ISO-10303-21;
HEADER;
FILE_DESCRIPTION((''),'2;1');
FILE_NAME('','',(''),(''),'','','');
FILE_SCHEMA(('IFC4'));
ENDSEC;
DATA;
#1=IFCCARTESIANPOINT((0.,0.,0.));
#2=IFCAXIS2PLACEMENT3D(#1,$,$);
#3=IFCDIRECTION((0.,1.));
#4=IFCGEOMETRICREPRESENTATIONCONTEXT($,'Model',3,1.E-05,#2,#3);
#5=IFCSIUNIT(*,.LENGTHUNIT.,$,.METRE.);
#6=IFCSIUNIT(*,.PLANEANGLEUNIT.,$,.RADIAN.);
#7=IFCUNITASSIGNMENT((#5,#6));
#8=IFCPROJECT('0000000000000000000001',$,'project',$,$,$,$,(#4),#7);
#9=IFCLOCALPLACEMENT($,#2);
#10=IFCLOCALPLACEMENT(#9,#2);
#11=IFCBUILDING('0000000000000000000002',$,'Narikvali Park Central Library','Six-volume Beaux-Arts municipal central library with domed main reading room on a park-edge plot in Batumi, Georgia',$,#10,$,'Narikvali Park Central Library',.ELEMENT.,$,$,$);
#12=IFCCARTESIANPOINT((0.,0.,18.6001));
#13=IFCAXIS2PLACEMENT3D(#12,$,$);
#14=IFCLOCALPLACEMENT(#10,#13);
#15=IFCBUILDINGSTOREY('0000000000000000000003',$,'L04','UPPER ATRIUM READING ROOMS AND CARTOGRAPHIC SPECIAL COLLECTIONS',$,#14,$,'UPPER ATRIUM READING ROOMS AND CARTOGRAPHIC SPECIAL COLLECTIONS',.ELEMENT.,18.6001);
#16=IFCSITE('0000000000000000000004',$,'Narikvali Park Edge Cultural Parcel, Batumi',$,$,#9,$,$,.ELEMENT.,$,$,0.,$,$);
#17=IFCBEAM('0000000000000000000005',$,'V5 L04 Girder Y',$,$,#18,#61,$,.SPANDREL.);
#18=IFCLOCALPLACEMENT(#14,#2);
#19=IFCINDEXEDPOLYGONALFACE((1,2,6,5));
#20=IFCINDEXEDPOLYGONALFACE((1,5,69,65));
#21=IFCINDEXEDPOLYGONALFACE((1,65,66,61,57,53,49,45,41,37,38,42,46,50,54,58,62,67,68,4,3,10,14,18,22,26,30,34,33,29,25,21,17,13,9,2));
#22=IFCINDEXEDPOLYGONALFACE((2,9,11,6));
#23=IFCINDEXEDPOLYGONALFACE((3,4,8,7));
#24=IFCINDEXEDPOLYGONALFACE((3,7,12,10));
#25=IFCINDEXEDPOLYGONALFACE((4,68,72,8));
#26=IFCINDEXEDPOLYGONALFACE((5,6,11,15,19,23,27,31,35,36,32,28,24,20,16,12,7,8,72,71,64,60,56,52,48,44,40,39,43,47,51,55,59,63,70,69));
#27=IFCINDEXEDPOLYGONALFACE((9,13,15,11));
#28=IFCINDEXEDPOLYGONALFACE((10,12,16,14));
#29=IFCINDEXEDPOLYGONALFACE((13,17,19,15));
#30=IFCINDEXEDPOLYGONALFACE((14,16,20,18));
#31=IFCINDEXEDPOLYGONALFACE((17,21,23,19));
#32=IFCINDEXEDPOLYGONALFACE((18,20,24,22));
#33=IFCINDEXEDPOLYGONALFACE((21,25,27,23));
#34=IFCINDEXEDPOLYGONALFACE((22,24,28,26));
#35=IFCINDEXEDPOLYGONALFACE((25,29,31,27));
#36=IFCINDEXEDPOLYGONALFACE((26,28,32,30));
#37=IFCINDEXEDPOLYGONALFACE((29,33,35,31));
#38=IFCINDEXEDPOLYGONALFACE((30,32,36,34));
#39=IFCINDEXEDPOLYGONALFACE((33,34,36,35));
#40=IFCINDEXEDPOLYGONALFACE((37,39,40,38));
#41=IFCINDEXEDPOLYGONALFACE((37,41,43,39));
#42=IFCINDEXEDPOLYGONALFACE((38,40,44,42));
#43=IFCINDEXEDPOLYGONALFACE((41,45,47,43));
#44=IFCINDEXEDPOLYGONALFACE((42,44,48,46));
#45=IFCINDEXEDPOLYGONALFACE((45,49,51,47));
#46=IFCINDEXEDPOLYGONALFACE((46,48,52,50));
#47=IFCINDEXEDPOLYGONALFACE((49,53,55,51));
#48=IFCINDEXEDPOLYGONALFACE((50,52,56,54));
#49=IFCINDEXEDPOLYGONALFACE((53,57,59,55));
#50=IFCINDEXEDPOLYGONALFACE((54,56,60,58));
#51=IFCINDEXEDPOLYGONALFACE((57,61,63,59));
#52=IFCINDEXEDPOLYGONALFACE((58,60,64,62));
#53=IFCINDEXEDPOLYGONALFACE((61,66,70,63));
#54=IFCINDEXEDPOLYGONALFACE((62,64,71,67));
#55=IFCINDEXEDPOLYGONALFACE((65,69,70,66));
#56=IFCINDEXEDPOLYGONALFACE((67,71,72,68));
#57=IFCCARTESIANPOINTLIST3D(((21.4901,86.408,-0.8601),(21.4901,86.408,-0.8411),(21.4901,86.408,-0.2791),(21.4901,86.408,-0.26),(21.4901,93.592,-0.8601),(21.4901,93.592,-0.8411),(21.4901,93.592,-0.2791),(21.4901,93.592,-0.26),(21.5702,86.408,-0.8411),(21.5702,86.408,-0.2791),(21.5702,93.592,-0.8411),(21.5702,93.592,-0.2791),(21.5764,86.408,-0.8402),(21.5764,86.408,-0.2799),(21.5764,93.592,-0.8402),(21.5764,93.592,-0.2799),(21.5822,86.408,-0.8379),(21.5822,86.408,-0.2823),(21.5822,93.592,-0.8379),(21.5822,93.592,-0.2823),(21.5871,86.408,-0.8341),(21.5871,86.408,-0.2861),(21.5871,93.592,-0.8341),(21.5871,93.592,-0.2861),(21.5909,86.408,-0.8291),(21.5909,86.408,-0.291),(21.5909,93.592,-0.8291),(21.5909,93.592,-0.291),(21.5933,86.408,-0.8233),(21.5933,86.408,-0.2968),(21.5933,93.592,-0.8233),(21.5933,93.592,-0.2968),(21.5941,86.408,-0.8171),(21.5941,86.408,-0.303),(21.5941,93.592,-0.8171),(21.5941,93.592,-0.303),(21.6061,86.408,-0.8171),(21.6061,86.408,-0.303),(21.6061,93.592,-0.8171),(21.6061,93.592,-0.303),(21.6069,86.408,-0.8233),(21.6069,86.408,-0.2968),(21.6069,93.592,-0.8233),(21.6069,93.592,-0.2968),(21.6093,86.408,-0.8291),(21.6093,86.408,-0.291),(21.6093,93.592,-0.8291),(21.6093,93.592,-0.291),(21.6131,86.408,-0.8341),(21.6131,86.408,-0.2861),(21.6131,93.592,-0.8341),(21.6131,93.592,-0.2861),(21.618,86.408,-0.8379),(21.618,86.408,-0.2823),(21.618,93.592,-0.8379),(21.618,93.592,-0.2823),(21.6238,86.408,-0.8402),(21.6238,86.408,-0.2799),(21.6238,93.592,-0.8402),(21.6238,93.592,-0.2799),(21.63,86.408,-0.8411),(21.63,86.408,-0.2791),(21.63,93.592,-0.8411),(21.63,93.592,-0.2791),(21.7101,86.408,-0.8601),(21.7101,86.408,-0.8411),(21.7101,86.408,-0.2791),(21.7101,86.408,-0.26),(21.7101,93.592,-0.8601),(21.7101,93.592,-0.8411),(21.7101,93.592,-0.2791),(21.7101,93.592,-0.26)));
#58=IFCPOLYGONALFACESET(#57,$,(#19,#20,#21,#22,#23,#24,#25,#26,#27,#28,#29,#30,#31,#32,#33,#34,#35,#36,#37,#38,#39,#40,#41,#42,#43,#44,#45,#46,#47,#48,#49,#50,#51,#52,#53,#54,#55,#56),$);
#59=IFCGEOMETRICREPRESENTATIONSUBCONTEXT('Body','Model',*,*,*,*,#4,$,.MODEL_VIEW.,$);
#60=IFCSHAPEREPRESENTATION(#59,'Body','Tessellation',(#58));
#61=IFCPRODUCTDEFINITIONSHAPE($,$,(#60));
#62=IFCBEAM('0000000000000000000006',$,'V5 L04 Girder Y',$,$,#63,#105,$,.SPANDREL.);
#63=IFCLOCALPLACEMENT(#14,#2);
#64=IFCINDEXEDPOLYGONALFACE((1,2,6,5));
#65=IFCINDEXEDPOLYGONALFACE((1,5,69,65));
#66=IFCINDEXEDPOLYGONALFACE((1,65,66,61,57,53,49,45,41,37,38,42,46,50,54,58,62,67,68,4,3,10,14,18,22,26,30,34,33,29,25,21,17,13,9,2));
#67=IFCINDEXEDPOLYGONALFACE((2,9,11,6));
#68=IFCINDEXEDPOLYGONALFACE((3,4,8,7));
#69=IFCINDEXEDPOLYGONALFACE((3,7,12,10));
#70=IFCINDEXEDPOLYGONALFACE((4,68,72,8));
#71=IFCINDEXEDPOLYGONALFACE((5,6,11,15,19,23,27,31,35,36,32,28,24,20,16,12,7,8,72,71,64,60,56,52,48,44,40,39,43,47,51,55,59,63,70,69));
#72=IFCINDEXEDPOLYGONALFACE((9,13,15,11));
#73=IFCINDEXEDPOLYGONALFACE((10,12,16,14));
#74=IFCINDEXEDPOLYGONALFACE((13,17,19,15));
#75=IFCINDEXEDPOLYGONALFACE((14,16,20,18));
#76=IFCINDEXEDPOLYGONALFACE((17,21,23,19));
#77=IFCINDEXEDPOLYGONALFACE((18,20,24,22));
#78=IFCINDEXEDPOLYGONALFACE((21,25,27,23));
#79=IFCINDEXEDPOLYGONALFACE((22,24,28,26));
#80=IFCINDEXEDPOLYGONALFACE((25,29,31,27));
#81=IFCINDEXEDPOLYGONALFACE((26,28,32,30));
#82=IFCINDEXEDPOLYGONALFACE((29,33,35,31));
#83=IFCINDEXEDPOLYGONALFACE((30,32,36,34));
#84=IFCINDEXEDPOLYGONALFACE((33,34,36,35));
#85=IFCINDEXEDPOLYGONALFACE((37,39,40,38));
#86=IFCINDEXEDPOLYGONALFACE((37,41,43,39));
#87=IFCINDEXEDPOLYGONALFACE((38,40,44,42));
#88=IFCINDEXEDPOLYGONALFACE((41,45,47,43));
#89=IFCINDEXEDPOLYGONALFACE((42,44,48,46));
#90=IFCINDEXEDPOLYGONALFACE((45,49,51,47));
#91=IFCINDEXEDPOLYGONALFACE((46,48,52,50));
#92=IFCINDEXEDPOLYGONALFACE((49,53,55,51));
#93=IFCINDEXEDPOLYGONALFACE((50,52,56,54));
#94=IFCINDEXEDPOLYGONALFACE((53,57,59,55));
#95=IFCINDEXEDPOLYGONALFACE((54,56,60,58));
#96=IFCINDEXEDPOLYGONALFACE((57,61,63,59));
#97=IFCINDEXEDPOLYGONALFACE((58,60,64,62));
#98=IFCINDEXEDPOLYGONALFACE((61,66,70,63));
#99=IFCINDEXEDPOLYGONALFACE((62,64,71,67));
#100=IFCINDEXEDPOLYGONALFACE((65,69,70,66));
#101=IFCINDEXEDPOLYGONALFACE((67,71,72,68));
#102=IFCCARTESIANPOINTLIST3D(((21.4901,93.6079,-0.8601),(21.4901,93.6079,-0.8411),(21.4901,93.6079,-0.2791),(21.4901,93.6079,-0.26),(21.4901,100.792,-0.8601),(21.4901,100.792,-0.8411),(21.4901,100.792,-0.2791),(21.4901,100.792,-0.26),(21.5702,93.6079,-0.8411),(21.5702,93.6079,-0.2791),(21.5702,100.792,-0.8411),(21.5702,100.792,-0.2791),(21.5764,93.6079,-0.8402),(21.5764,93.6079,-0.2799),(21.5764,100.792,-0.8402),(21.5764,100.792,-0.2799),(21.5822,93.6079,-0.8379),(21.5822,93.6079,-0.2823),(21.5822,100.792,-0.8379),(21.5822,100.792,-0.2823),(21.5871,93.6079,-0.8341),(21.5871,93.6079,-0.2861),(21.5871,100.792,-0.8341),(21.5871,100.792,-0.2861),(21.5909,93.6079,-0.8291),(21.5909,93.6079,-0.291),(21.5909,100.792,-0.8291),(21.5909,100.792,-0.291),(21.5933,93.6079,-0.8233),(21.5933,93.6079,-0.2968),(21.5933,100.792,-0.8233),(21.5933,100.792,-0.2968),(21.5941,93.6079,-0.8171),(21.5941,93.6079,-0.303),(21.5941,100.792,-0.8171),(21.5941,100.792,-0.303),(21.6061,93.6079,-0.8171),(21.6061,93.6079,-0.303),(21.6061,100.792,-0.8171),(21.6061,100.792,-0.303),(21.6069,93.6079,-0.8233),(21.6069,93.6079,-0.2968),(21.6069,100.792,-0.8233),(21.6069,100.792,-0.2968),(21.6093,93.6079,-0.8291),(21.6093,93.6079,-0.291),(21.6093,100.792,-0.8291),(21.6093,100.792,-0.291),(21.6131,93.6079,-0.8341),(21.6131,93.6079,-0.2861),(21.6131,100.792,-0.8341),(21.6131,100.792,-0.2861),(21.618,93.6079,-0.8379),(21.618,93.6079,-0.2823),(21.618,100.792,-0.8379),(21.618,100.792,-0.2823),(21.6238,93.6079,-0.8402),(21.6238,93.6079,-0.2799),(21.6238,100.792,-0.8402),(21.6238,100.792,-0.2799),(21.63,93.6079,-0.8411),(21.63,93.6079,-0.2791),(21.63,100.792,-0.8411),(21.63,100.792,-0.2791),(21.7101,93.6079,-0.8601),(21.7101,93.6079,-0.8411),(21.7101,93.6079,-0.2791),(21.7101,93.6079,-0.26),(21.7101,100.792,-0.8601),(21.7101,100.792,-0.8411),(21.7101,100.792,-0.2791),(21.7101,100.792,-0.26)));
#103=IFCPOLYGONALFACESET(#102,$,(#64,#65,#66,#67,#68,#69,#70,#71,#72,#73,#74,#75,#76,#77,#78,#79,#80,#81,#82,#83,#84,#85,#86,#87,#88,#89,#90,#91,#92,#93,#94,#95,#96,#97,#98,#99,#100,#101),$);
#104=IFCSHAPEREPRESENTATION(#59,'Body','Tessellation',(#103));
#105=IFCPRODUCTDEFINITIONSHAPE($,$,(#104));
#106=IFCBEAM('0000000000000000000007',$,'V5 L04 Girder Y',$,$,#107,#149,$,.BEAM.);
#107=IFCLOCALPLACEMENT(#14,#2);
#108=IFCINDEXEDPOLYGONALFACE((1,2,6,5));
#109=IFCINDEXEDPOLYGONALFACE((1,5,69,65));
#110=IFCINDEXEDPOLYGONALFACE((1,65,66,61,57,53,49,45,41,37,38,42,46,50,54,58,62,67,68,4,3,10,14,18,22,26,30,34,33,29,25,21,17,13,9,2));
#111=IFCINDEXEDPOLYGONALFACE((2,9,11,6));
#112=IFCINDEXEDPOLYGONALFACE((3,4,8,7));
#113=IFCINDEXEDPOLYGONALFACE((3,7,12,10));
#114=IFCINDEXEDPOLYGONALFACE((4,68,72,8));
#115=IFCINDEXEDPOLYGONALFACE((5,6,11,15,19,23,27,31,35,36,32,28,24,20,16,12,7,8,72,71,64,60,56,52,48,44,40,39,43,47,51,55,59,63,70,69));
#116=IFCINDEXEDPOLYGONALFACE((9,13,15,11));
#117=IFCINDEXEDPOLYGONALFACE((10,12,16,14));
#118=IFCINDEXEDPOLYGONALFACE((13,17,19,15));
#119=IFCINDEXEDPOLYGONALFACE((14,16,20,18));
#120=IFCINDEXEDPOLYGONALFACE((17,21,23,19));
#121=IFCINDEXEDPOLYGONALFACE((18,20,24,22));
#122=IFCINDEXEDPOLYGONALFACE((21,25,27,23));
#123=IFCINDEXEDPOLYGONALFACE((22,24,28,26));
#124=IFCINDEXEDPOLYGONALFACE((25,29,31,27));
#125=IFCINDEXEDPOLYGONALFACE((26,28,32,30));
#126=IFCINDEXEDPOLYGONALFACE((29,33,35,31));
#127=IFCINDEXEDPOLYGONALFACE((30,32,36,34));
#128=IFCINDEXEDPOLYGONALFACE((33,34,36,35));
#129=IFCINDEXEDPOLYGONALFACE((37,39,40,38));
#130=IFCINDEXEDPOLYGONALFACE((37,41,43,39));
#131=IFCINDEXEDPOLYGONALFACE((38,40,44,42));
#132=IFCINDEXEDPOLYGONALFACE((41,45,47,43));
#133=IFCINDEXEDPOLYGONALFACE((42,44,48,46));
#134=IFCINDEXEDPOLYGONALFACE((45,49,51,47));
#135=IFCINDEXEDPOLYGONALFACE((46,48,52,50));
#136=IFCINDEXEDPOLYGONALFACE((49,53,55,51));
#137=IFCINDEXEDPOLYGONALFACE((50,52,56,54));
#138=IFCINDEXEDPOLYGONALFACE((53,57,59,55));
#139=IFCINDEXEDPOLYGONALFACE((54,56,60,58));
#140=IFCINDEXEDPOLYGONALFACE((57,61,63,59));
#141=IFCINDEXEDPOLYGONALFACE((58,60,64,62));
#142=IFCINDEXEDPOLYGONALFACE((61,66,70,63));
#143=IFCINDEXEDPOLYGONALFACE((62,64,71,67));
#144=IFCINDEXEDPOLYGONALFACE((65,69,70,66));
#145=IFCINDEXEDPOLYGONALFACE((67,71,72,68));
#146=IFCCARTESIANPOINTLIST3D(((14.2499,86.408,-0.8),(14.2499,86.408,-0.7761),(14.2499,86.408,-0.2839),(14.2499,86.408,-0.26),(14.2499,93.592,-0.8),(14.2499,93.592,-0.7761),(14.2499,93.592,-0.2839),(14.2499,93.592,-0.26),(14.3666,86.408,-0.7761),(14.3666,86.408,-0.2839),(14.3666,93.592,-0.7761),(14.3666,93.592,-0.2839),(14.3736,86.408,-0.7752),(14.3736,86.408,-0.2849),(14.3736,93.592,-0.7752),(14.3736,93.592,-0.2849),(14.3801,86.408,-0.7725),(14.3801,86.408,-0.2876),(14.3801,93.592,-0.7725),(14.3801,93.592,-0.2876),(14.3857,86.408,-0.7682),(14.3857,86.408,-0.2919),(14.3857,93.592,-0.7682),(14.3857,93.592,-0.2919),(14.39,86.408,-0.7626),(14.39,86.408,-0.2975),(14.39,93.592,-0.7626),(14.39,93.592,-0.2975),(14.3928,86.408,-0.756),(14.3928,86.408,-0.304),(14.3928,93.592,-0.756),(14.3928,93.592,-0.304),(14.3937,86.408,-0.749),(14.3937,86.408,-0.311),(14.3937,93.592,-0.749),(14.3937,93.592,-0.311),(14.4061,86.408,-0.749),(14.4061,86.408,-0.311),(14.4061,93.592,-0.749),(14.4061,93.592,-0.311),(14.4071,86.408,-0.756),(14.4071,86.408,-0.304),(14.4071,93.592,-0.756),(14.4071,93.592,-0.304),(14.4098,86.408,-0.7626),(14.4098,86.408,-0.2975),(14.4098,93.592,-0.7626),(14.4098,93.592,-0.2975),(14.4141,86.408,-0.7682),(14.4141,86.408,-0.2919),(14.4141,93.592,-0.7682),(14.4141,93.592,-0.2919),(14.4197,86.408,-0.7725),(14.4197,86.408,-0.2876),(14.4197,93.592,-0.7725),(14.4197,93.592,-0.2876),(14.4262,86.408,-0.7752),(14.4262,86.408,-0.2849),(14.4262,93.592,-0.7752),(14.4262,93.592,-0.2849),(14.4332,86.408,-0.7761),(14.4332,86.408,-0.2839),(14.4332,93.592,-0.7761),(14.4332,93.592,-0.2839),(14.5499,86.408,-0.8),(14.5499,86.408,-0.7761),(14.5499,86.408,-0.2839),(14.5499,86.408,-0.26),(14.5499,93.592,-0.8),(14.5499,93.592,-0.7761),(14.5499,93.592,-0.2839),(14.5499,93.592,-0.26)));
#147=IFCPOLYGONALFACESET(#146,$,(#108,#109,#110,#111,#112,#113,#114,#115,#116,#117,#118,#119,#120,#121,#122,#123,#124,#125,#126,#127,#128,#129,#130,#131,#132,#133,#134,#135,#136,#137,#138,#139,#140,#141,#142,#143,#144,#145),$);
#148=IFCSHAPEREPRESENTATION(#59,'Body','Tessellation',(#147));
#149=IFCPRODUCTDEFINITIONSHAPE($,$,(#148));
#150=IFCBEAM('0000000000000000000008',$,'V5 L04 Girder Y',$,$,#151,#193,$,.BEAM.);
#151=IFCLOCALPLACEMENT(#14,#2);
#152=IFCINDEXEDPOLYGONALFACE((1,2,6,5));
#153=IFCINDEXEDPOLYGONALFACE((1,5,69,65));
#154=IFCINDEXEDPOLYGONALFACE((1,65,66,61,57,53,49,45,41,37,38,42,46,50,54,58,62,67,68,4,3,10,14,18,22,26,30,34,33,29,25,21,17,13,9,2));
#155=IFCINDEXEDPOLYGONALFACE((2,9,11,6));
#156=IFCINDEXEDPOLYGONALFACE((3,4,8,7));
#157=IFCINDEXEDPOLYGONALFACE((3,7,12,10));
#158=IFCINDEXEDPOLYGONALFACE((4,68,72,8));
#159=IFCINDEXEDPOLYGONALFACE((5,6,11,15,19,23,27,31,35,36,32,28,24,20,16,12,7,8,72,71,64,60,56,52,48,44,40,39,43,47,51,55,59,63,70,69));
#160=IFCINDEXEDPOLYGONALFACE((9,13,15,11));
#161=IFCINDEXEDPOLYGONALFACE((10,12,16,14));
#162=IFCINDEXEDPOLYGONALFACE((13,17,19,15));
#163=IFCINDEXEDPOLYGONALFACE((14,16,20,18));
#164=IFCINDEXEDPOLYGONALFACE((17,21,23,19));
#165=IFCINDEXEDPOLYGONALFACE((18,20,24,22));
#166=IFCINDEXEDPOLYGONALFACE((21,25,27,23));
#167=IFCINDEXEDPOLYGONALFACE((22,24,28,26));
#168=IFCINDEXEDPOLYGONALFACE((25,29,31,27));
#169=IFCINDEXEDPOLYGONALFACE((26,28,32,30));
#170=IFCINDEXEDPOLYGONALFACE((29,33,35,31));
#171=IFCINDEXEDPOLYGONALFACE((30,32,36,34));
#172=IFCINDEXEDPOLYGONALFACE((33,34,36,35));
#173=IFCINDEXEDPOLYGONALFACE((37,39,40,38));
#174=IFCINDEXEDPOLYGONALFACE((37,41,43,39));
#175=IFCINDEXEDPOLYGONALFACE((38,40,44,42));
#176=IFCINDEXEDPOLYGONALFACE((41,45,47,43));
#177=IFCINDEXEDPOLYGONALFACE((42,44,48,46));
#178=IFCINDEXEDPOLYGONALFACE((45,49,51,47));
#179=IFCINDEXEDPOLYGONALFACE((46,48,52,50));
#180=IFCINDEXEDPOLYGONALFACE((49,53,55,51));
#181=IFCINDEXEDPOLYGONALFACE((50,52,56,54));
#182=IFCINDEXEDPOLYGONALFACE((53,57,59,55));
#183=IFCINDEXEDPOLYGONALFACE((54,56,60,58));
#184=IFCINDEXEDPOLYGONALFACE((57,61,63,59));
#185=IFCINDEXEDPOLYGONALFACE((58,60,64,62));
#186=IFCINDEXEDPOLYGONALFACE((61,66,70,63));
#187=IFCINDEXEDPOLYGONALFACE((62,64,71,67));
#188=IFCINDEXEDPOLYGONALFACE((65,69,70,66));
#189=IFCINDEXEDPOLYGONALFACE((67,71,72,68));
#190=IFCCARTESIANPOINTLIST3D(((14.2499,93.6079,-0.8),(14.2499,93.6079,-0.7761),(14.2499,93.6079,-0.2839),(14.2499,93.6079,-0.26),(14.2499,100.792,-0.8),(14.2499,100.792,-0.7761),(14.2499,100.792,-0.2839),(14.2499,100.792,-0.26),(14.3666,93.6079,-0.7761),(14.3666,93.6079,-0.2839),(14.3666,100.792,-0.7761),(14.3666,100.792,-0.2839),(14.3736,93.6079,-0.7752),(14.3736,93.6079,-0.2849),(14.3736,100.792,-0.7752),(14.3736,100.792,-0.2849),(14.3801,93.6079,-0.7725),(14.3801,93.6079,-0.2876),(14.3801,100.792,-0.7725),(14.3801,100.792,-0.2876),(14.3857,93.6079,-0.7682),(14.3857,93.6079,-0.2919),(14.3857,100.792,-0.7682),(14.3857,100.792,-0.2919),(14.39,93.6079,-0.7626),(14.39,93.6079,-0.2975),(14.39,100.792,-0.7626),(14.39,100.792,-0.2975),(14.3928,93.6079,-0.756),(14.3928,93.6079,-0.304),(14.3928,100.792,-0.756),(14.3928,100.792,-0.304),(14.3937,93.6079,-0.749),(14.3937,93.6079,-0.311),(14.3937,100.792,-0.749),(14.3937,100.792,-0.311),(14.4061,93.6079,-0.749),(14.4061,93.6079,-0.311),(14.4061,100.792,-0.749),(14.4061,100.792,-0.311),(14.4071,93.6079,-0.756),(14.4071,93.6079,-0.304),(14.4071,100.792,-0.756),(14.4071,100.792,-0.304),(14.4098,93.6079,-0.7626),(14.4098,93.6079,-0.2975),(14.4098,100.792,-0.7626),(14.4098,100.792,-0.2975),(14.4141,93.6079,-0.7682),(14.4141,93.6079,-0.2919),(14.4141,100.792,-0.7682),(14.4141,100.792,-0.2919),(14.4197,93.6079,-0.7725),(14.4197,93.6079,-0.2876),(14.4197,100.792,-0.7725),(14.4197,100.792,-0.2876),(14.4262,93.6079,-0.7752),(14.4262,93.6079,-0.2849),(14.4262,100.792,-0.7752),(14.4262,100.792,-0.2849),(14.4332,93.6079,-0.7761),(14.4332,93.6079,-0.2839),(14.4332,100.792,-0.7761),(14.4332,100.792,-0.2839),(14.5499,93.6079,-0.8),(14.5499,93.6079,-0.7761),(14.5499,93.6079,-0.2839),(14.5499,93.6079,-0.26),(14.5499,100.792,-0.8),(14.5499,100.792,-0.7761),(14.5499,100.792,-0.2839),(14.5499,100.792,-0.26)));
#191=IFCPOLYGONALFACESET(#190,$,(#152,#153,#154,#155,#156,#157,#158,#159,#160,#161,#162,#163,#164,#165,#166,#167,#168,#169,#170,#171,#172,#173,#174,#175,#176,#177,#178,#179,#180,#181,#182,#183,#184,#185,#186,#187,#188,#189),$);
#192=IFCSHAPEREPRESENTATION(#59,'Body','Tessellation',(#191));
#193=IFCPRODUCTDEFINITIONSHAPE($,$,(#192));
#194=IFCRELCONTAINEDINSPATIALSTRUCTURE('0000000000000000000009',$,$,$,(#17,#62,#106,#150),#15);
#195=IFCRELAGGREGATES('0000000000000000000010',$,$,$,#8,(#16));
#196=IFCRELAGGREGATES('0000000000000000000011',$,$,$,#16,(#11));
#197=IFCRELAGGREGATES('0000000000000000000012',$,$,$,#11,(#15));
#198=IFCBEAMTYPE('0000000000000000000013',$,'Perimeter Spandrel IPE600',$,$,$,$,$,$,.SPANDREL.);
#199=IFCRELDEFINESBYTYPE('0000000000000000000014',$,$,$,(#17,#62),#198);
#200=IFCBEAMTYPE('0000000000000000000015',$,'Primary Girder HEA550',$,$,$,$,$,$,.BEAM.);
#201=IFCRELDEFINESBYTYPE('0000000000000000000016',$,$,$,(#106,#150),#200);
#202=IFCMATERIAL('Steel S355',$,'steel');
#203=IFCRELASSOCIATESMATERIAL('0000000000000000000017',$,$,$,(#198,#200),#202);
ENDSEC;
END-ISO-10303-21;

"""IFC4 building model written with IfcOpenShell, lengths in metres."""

from ifc_helpers import new_model, si_unit, direction, frame, origin, origin_2d, place, context, subcontext, project, spatial, i_section, extrude, material, material_profile, profile_set, type_object, element, save


model = new_model("IFC4")

# Units and contexts
model_context = context("Model", 3, precision=1e-05, world=origin(), true_north=direction((0.0, 1.0)))
body_context = subcontext(model_context, "Body", "Model", "MODEL_VIEW")
ifc_project = project(units=[si_unit("LENGTHUNIT", "METRE"), si_unit("PLANEANGLEUNIT", "RADIAN")], contexts=[model_context])

# Site, building, storey
site_placement = place(None, origin())
site = spatial("IfcSite", under=ifc_project, at=site_placement, Name="Narikvali Park Edge Cultural Parcel, Batumi", CompositionType="ELEMENT", RefElevation=0.0)
building_placement = place(site_placement, origin())
building = spatial("IfcBuilding", under=site, at=building_placement, Name="Narikvali Park Central Library", Description="Six-volume Beaux-Arts municipal central library with domed main reading room on a park-edge plot in Batumi, Georgia", LongName="Narikvali Park Central Library", CompositionType="ELEMENT")
storey_placement = place(building_placement, frame((0.0, 0.0, 18.6001)))
storey = spatial("IfcBuildingStorey", under=building, at=storey_placement, Name="L04", Description="UPPER ATRIUM READING ROOMS AND CARTOGRAPHIC SPECIAL COLLECTIONS", LongName="UPPER ATRIUM READING ROOMS AND CARTOGRAPHIC SPECIAL COLLECTIONS", CompositionType="ELEMENT", Elevation=18.6001)

# Shared definitions
ifc_material_1 = material(Name="Steel S355", Category="steel")

# Beams
ifc_material_profile_1 = material_profile(ifc_material_1, i_section(OverallWidth=0.22, OverallDepth=0.6001, WebThickness=0.012, FlangeThickness=0.019, FilletRadius=0.0239, at=origin_2d()), Name="IPE 600")
ifc_profile_set_1 = profile_set([ifc_material_profile_1], Name="Steel S355")
beam_type_1 = type_object("IfcBeamType", Name="Perimeter Spandrel IPE600", PredefinedType="SPANDREL", material=ifc_profile_set_1)
for number, where, z_axis, x_axis, name in (
    (1, (21.6001, 86.408, -0.5601), (0.0, 1.0, 0.0), (-1.0, 0.0, 0.0), "V5 L04 Girder Y"),
    (2, (21.6001, 93.6079, -0.5601), (0.0, 1.0, 0.0), (-1.0, 0.0, 0.0), "V5 L04 Girder Y"),
):
    element("IfcBeam", number, at=place(storey_placement, frame(where, z_axis=z_axis, x_axis=x_axis)), inside=storey, type_object=beam_type_1, Name=name, PredefinedType="SPANDREL", context=body_context, shape_type="SweptSolid", body=[
        extrude(i_section(OverallWidth=0.22, OverallDepth=0.6001, WebThickness=0.012, FlangeThickness=0.019, FilletRadius=0.0239, at=origin_2d()), origin(), (0.0, 0.0, 1.0), 7.1841),
    ])
ifc_material_profile_2 = material_profile(ifc_material_1, i_section(OverallWidth=0.3, OverallDepth=0.54, WebThickness=0.0125, FlangeThickness=0.0239, FilletRadius=0.0271, at=origin_2d()), Name="HEA 550")
ifc_profile_set_2 = profile_set([ifc_material_profile_2], Name="Steel S355")
beam_type_2 = type_object("IfcBeamType", Name="Primary Girder HEA550", PredefinedType="BEAM", material=ifc_profile_set_2)
for number, where, z_axis, x_axis, name in (
    (3, (14.3999, 86.408, -0.53), (0.0, 1.0, 0.0), (-1.0, 0.0, 0.0), "V5 L04 Girder Y"),
    (4, (14.3999, 93.6079, -0.53), (0.0, 1.0, 0.0), (-1.0, 0.0, 0.0), "V5 L04 Girder Y"),
):
    element("IfcBeam", number, at=place(storey_placement, frame(where, z_axis=z_axis, x_axis=x_axis)), inside=storey, type_object=beam_type_2, Name=name, PredefinedType="BEAM", context=body_context, shape_type="SweptSolid", body=[
        extrude(i_section(OverallWidth=0.3, OverallDepth=0.54, WebThickness=0.0125, FlangeThickness=0.0239, FilletRadius=0.0271, at=origin_2d()), origin(), (0.0, 0.0, 1.0), 7.1841),
    ])

save(model, "model.ifc")
